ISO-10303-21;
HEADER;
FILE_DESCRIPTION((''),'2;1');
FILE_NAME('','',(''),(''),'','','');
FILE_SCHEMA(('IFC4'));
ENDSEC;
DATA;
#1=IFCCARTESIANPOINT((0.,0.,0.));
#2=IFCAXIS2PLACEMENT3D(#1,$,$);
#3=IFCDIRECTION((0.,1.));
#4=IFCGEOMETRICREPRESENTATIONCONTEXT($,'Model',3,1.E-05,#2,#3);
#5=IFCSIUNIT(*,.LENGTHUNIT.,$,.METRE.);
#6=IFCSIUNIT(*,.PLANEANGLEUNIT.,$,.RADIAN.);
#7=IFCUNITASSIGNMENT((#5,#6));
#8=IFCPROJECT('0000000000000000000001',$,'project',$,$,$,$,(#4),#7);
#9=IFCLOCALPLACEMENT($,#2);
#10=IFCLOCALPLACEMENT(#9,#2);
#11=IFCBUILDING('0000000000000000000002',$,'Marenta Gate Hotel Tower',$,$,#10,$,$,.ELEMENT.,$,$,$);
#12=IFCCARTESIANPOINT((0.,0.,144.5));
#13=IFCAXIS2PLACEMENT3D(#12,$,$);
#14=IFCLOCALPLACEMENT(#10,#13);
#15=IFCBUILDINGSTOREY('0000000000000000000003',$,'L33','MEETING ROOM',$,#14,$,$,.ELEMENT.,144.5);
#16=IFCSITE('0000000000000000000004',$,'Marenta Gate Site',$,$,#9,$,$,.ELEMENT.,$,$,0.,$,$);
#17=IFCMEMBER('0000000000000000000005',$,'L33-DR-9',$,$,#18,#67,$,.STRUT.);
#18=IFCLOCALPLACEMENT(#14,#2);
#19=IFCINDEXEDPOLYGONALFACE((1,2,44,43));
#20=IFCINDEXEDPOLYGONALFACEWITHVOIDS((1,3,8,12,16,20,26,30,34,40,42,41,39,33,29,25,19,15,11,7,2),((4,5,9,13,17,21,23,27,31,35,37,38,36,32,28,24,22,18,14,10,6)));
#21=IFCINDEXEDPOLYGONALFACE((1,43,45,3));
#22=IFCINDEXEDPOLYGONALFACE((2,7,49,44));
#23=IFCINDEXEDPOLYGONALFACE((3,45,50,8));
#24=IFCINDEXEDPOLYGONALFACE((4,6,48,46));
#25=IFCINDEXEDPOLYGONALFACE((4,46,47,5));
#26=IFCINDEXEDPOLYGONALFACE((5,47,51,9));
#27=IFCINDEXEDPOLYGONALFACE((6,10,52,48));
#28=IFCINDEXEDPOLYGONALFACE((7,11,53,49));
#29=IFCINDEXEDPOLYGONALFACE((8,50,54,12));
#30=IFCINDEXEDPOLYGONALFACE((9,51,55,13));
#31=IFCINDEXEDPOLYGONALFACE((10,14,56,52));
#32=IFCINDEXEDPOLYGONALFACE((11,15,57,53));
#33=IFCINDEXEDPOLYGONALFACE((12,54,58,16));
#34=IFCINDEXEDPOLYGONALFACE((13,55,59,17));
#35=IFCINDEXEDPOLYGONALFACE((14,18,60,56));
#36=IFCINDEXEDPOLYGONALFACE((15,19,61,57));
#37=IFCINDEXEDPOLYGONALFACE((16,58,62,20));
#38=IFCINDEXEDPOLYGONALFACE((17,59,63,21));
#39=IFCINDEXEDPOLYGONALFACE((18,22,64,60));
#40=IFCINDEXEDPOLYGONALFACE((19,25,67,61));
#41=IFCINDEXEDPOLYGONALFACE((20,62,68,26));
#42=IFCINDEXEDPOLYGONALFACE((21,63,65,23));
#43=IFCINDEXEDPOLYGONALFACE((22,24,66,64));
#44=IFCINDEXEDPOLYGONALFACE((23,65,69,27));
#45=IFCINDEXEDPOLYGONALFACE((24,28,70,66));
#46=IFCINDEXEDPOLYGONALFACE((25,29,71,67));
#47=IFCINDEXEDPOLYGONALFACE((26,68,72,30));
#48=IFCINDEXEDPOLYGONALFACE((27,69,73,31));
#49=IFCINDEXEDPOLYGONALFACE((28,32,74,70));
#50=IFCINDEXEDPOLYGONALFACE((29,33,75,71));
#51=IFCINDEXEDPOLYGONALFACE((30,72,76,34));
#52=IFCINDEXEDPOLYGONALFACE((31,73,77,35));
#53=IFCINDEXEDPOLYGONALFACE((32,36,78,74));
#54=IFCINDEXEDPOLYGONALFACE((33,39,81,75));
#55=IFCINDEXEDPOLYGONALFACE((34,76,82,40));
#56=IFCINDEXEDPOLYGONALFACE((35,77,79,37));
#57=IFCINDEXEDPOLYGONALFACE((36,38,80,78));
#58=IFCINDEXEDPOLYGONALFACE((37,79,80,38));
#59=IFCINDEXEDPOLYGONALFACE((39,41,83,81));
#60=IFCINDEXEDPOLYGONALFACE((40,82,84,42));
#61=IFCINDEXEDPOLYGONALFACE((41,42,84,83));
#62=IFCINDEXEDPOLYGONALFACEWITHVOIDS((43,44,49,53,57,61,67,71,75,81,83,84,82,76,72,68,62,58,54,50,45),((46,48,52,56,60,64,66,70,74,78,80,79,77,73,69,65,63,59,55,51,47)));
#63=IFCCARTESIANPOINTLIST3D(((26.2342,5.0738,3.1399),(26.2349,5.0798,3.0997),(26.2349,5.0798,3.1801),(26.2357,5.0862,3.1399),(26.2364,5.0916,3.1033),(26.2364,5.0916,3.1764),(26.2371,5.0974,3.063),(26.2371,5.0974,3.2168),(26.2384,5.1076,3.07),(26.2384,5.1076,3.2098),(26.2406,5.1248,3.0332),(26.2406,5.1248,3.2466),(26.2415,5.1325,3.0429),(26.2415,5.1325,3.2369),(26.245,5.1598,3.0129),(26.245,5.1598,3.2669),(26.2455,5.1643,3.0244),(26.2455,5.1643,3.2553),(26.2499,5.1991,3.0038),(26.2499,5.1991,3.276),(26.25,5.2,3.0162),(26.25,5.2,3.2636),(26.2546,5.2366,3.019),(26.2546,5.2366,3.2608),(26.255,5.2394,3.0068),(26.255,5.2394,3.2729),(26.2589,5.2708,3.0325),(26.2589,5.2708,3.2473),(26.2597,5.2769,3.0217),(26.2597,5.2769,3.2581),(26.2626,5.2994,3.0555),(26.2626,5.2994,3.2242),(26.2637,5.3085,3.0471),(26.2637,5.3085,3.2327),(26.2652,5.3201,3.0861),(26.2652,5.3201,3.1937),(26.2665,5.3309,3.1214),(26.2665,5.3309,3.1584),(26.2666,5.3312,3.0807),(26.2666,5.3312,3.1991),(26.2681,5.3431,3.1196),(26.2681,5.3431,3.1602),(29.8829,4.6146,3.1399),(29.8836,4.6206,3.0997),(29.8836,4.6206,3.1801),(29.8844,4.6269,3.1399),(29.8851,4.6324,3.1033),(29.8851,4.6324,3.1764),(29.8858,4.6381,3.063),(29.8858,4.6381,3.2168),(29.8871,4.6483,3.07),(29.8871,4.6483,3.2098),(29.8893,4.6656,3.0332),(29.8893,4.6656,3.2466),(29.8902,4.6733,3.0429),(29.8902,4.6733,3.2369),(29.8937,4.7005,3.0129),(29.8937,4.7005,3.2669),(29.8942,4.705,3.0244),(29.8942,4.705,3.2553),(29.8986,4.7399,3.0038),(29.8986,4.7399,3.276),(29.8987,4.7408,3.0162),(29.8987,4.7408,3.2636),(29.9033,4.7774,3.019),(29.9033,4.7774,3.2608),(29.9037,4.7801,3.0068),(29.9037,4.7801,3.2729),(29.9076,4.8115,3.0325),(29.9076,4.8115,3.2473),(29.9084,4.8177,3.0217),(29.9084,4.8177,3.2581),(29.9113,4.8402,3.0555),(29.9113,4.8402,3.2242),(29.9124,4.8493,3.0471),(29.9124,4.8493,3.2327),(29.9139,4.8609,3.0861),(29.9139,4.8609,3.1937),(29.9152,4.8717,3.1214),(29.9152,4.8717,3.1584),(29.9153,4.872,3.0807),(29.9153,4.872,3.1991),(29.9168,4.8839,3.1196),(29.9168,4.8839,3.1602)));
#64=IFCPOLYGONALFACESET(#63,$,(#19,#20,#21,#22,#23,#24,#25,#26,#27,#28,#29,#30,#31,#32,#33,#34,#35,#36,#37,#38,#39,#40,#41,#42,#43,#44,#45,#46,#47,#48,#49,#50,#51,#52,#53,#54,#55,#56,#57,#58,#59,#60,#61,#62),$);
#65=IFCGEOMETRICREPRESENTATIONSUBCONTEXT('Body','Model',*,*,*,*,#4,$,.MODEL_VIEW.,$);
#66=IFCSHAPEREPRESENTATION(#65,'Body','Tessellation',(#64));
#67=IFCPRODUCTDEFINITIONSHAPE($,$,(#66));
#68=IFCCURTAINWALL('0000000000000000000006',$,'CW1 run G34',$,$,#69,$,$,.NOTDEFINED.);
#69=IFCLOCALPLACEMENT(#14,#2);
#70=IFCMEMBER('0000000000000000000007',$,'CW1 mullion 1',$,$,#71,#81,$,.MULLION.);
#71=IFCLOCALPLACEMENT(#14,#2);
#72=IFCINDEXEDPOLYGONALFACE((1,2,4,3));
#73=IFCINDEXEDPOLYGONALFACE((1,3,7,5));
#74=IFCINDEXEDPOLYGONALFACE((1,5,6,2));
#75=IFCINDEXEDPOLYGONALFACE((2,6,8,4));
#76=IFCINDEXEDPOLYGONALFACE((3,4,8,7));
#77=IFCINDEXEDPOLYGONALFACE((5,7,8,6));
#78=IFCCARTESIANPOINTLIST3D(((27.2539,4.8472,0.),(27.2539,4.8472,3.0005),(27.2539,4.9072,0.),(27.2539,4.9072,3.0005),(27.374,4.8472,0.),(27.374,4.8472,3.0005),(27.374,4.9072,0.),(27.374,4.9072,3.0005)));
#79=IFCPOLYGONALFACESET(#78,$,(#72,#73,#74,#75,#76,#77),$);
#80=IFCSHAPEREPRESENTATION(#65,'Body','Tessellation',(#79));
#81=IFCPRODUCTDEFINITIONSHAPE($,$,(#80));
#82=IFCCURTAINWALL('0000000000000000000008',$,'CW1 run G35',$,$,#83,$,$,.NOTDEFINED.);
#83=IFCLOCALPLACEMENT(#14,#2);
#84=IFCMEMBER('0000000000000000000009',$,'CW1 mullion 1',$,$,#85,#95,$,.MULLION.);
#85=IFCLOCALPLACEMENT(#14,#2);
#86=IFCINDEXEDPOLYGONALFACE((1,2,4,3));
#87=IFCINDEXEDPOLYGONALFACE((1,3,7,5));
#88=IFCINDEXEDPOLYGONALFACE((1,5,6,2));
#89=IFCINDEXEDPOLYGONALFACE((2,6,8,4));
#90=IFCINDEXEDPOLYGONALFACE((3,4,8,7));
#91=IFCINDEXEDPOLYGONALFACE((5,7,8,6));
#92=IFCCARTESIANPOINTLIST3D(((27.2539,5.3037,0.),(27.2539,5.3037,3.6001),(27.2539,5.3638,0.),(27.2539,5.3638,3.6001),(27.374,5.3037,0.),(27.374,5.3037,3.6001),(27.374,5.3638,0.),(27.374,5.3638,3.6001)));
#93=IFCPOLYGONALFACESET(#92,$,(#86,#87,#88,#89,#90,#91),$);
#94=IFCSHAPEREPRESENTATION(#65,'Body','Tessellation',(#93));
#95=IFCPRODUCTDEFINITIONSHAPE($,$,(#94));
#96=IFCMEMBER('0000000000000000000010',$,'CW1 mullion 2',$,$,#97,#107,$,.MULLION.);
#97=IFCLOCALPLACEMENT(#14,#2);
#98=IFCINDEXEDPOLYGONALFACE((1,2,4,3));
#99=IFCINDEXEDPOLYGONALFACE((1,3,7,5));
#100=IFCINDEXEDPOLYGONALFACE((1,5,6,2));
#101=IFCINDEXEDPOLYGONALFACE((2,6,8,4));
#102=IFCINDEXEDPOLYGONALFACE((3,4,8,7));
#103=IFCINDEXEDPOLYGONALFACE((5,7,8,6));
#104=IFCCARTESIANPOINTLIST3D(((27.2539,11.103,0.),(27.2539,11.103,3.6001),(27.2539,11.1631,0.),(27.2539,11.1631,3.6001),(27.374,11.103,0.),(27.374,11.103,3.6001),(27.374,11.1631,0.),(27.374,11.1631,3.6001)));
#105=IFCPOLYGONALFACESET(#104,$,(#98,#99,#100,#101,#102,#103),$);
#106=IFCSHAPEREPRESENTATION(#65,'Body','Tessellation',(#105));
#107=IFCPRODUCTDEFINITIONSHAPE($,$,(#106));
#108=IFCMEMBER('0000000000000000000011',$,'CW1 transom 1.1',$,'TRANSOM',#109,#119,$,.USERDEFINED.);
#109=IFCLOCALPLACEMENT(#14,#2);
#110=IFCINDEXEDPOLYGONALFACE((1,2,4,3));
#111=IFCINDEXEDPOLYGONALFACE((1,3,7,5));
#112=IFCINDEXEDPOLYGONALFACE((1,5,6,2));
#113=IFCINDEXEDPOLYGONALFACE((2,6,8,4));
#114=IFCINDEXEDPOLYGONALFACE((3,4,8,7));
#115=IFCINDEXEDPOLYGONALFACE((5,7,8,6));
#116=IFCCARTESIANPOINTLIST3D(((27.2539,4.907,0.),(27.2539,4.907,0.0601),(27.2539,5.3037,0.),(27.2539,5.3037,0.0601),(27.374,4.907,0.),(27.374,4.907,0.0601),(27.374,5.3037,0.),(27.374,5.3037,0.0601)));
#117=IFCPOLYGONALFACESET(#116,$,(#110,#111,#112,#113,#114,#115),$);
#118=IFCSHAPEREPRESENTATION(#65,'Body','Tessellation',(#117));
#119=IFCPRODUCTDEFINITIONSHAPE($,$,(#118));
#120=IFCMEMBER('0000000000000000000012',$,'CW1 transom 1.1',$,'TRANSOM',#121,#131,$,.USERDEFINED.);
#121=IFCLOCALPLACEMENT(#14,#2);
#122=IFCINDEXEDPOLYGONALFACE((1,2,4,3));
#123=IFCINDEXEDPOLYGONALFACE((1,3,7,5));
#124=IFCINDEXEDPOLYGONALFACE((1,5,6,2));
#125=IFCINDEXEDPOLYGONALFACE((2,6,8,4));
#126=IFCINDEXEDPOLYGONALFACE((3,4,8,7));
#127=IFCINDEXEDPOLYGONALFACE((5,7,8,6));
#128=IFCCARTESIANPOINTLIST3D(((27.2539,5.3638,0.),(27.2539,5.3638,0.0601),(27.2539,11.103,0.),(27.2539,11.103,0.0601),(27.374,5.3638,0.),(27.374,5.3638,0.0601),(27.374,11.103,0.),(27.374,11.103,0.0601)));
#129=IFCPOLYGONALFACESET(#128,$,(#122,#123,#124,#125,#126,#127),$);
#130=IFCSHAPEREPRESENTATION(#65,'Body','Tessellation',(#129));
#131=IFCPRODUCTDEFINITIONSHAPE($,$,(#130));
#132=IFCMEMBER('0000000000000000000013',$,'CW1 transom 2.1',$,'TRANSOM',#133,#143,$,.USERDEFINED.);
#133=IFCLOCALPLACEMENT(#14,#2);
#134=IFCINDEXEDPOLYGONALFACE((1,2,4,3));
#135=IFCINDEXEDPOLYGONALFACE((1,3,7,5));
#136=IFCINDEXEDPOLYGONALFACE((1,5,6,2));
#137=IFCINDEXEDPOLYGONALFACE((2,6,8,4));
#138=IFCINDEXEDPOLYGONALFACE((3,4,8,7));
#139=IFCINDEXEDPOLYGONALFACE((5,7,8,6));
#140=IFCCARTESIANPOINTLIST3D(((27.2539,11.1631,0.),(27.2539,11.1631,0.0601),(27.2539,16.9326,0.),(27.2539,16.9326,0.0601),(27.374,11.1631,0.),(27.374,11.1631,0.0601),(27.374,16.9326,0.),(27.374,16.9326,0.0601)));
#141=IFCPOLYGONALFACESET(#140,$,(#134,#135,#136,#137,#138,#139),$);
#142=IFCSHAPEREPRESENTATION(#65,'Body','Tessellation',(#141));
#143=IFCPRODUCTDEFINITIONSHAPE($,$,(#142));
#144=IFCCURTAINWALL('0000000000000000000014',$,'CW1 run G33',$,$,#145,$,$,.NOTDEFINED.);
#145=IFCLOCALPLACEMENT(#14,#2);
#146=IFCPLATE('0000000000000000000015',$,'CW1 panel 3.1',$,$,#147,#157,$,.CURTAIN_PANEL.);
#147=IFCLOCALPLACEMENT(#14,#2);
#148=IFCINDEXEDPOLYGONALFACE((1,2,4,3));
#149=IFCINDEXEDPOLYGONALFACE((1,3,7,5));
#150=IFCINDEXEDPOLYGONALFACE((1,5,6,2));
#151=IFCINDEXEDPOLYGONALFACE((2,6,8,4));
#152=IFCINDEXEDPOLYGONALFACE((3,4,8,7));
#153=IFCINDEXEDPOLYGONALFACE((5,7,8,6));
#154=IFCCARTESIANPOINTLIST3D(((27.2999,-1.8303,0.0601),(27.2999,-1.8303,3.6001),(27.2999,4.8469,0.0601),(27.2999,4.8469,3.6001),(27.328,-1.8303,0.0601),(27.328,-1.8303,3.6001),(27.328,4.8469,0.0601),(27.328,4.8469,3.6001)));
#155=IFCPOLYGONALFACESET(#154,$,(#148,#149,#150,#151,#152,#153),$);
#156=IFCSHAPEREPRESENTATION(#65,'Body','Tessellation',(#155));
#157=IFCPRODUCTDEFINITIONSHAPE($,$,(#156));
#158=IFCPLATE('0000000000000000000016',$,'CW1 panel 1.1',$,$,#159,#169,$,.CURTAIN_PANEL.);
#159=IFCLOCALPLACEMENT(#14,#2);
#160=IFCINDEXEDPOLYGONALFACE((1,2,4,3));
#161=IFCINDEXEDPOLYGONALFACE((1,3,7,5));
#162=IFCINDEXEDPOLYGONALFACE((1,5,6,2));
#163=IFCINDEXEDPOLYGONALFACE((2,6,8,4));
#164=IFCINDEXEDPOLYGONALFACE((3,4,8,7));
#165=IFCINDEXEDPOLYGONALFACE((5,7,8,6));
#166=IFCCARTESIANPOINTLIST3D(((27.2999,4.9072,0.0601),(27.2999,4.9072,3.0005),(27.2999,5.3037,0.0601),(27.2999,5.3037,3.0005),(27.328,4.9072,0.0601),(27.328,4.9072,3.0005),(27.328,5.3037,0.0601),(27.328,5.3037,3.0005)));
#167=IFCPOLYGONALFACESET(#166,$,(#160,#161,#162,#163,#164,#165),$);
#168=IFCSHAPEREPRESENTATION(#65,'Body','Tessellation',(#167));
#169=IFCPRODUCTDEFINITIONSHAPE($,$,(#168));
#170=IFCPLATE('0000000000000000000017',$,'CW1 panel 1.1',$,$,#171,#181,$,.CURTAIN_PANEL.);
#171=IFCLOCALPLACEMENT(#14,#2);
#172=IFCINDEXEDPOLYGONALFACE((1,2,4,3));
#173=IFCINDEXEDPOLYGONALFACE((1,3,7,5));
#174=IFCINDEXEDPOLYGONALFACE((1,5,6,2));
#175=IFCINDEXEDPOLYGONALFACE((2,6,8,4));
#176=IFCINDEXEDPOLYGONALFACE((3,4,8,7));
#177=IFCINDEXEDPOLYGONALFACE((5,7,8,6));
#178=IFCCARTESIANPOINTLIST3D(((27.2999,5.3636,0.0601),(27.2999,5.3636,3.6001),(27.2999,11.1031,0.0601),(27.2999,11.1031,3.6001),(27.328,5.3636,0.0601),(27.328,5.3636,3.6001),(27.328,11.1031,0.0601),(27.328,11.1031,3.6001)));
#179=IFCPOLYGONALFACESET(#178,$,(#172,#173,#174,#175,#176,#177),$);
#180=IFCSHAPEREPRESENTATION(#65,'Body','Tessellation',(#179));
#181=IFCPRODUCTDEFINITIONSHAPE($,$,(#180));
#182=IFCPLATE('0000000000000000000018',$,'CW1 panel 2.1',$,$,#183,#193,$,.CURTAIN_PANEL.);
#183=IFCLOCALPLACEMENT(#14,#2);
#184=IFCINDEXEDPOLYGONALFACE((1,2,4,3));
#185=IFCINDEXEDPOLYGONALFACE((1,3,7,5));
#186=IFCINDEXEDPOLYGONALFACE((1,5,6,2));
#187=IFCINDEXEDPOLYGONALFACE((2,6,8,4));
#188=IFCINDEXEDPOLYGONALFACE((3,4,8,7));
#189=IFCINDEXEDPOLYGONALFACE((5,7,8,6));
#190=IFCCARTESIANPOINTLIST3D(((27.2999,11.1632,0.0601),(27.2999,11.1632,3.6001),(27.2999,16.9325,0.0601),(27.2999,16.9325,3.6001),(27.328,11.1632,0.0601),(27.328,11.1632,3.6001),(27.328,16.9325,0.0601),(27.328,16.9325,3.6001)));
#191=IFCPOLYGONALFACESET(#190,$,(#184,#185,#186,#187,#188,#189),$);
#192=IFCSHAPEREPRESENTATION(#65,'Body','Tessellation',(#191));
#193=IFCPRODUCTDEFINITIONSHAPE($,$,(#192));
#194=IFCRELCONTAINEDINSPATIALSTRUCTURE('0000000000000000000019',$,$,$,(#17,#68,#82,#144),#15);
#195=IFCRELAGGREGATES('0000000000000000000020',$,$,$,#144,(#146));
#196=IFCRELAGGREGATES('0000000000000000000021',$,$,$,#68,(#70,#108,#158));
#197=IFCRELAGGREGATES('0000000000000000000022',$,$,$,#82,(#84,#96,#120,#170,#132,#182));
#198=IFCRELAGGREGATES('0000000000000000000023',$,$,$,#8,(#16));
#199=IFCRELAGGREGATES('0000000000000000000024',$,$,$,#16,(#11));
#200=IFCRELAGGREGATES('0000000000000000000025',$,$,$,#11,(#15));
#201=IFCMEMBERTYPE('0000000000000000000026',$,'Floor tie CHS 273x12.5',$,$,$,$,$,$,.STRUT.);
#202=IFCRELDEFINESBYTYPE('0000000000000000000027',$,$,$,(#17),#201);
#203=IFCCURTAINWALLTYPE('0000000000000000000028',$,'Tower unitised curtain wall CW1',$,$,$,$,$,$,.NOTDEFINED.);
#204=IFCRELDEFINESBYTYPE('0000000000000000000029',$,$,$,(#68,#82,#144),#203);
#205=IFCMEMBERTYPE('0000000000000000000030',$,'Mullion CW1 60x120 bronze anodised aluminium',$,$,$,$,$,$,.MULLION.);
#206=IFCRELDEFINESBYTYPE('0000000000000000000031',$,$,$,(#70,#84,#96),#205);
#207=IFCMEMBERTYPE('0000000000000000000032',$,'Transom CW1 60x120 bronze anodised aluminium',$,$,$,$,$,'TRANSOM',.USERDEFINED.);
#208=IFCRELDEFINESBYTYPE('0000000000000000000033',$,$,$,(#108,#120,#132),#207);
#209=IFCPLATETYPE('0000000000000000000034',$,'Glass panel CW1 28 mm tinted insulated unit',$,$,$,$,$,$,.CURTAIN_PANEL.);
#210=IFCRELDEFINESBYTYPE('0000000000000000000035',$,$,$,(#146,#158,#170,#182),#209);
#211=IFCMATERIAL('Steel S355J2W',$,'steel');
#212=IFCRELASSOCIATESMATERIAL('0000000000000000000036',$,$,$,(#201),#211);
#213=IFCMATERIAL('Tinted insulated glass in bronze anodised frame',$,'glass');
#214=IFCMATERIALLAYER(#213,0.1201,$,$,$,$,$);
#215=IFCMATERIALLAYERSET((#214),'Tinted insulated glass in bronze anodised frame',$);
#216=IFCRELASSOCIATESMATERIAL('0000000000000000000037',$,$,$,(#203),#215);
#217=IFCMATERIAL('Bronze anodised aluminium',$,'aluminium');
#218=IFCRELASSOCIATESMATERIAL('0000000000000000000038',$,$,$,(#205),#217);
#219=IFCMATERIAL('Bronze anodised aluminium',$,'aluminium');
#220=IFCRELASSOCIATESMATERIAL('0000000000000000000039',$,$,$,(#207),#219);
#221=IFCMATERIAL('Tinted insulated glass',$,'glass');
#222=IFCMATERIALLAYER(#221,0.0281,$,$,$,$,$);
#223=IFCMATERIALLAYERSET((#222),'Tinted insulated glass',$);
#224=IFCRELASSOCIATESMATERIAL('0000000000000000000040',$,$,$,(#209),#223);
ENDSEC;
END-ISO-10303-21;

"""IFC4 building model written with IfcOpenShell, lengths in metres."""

from ifc_helpers import new_model, si_unit, direction, frame, origin, origin_2d, place, context, subcontext, project, spatial, rectangle, hollow_circle, extrude, material, layer, layer_set, material_profile, profile_set, type_object, element, aggregate, save


model = new_model("IFC4")

# Units and contexts
model_context = context("Model", 3, precision=1e-05, world=origin(), true_north=direction((0.0, 1.0)))
body_context = subcontext(model_context, "Body", "Model", "MODEL_VIEW")
ifc_project = project(units=[si_unit("LENGTHUNIT", "METRE"), si_unit("PLANEANGLEUNIT", "RADIAN")], contexts=[model_context])

# Site, building, storey
site_placement = place(None, origin())
site = spatial("IfcSite", under=ifc_project, at=site_placement, Name="Marenta Gate Site", CompositionType="ELEMENT", RefElevation=0.0)
building_placement = place(site_placement, origin())
building = spatial("IfcBuilding", under=site, at=building_placement, Name="Marenta Gate Hotel Tower", CompositionType="ELEMENT")
storey_placement = place(building_placement, frame((0.0, 0.0, 144.5)))
storey = spatial("IfcBuildingStorey", under=building, at=storey_placement, Name="L33", Description="MEETING ROOM", CompositionType="ELEMENT", Elevation=144.5)

# Member
ifc_material_1 = material(Name="Steel S355J2W", Category="steel")
ifc_material_profile_1 = material_profile(ifc_material_1, hollow_circle(Radius=0.1365, WallThickness=0.0125, at=origin_2d()), Name="CHS 273x12.5")
ifc_profile_set_1 = profile_set([ifc_material_profile_1], Name="Steel S355J2W")
member_type_1 = type_object("IfcMemberType", Name="Floor tie CHS 273x12.5", PredefinedType="STRUT", material=ifc_profile_set_1)
member_1_placement = place(storey_placement, frame((29.8999, 4.75, 3.1399), z_axis=(-0.992172, 0.124876, 0.0), x_axis=(-0.124876, -0.992172, 0.0)))
element("IfcMember", 1, at=member_1_placement, inside=storey, type_object=member_type_1, Name="L33-DR-9", PredefinedType="STRUT", context=body_context, shape_type="SweptSolid", body=[
    extrude(hollow_circle(Radius=0.1365, WallThickness=0.0125, at=origin_2d()), origin(), (0.0, 0.0, 1.0), 3.6775),
])

# Curtain wall, member
ifc_material_2 = material(Name="Tinted insulated glass in bronze anodised frame", Category="glass")
ifc_layer_1 = layer(ifc_material_2, 0.1201)
ifc_layer_set_1 = layer_set([ifc_layer_1], Name="Tinted insulated glass in bronze anodised frame")
curtain_wall_type = type_object("IfcCurtainWallType", Name="Tower unitised curtain wall CW1", PredefinedType="NOTDEFINED", material=ifc_layer_set_1)
curtain_wall_1_placement = place(storey_placement, origin())
curtain_wall_1 = element("IfcCurtainWall", 2, at=curtain_wall_1_placement, inside=storey, type_object=curtain_wall_type, Name="CW1 run G34", PredefinedType="NOTDEFINED")
ifc_material_3 = material(Name="Bronze anodised aluminium", Category="aluminium")
ifc_material_profile_2 = material_profile(ifc_material_3, rectangle(XDim=0.1201, YDim=0.0601, at=origin_2d()), Name="Mullion CW1 60x120 bronze anodised aluminium")
ifc_profile_set_2 = profile_set([ifc_material_profile_2], Name="Bronze anodised aluminium")
member_type_2 = type_object("IfcMemberType", Name="Mullion CW1 60x120 bronze anodised aluminium", PredefinedType="MULLION", material=ifc_profile_set_2)
member_2_placement = place(storey_placement, frame((27.314, 4.8772, 0.0), z_axis=(0.0, 0.0, 1.0), x_axis=(-1.0, 0.0, 0.0)))
member_2 = element("IfcMember", 3, at=member_2_placement, type_object=member_type_2, Name="CW1 mullion 1", PredefinedType="MULLION", context=body_context, shape_type="SweptSolid", body=[
    extrude(rectangle(XDim=0.1201, YDim=0.0601, at=origin_2d()), origin(), (0.0, 0.0, 1.0), 3.0005),
])

# Curtain wall, members
curtain_wall_2_placement = place(storey_placement, origin())
curtain_wall_2 = element("IfcCurtainWall", 4, at=curtain_wall_2_placement, inside=storey, type_object=curtain_wall_type, Name="CW1 run G35", PredefinedType="NOTDEFINED")
member_3_placement = place(storey_placement, frame((27.314, 5.3337, 0.0), z_axis=(0.0, 0.0, 1.0), x_axis=(-1.0, 0.0, 0.0)))
member_3 = element("IfcMember", 5, at=member_3_placement, type_object=member_type_2, Name="CW1 mullion 1", PredefinedType="MULLION", context=body_context, shape_type="SweptSolid", body=[
    extrude(rectangle(XDim=0.1201, YDim=0.0601, at=origin_2d()), origin(), (0.0, 0.0, 1.0), 3.6001),
])
member_4_placement = place(storey_placement, frame((27.314, 11.1331, 0.0), z_axis=(0.0, 0.0, 1.0), x_axis=(-1.0, 0.0, 0.0)))
member_4 = element("IfcMember", 6, at=member_4_placement, type_object=member_type_2, Name="CW1 mullion 2", PredefinedType="MULLION", context=body_context, shape_type="SweptSolid", body=[
    extrude(rectangle(XDim=0.1201, YDim=0.0601, at=origin_2d()), origin(), (0.0, 0.0, 1.0), 3.6001),
])

# Members
ifc_material_4 = material(Name="Bronze anodised aluminium", Category="aluminium")
ifc_material_profile_3 = material_profile(ifc_material_4, rectangle(XDim=0.1201, YDim=0.0601, at=origin_2d()), Name="Transom CW1 60x120 bronze anodised aluminium")
ifc_profile_set_3 = profile_set([ifc_material_profile_3], Name="Bronze anodised aluminium")
member_type_3 = type_object("IfcMemberType", Name="Transom CW1 60x120 bronze anodised aluminium", ElementType="TRANSOM", PredefinedType="USERDEFINED", material=ifc_profile_set_3)
member_5_placement = place(storey_placement, frame((27.314, 4.907, 0.03), z_axis=(0.0, 1.0, 0.0), x_axis=(-1.0, 0.0, 0.0)))
member_5 = element("IfcMember", 7, at=member_5_placement, type_object=member_type_3, Name="CW1 transom 1.1", ObjectType="TRANSOM", PredefinedType="USERDEFINED", context=body_context, shape_type="SweptSolid", body=[
    extrude(rectangle(XDim=0.1201, YDim=0.0601, at=origin_2d()), origin(), (0.0, 0.0, 1.0), 0.3967),
])
member_6_placement = place(storey_placement, frame((27.314, 5.3638, 0.03), z_axis=(0.0, 1.0, 0.0), x_axis=(-1.0, 0.0, 0.0)))
member_6 = element("IfcMember", 8, at=member_6_placement, type_object=member_type_3, Name="CW1 transom 1.1", ObjectType="TRANSOM", PredefinedType="USERDEFINED", context=body_context, shape_type="SweptSolid", body=[
    extrude(rectangle(XDim=0.1201, YDim=0.0601, at=origin_2d()), origin(), (0.0, 0.0, 1.0), 5.7393),
])
member_7_placement = place(storey_placement, frame((27.314, 11.1631, 0.03), z_axis=(0.0, 1.0, 0.0), x_axis=(-1.0, 0.0, 0.0)))
member_7 = element("IfcMember", 9, at=member_7_placement, type_object=member_type_3, Name="CW1 transom 2.1", ObjectType="TRANSOM", PredefinedType="USERDEFINED", context=body_context, shape_type="SweptSolid", body=[
    extrude(rectangle(XDim=0.1201, YDim=0.0601, at=origin_2d()), origin(), (0.0, 0.0, 1.0), 5.7695),
])

# Curtain wall, plate
curtain_wall_3_placement = place(storey_placement, origin())
curtain_wall_3 = element("IfcCurtainWall", 10, at=curtain_wall_3_placement, inside=storey, type_object=curtain_wall_type, Name="CW1 run G33", PredefinedType="NOTDEFINED")
ifc_material_5 = material(Name="Tinted insulated glass", Category="glass")
ifc_layer_2 = layer(ifc_material_5, 0.0281)
ifc_layer_set_2 = layer_set([ifc_layer_2], Name="Tinted insulated glass")
plate_type = type_object("IfcPlateType", Name="Glass panel CW1 28 mm tinted insulated unit", PredefinedType="CURTAIN_PANEL", material=ifc_layer_set_2)
plate_1_placement = place(storey_placement, frame((27.314, 1.5083, 0.0601), z_axis=(0.0, 0.0, 1.0), x_axis=(0.0, 1.0, 0.0)))
plate_1 = element("IfcPlate", 11, at=plate_1_placement, type_object=plate_type, Name="CW1 panel 3.1", PredefinedType="CURTAIN_PANEL", context=body_context, shape_type="SweptSolid", body=[
    extrude(rectangle(XDim=6.6772, YDim=0.0281, at=origin_2d()), origin(), (0.0, 0.0, 1.0), 3.54),
])
aggregate(curtain_wall_3, [plate_1])

# Plates
plate_2_placement = place(storey_placement, frame((27.314, 5.1055, 0.0601), z_axis=(0.0, 0.0, 1.0), x_axis=(0.0, 1.0, 0.0)))
plate_2 = element("IfcPlate", 12, at=plate_2_placement, type_object=plate_type, Name="CW1 panel 1.1", PredefinedType="CURTAIN_PANEL", context=body_context, shape_type="SweptSolid", body=[
    extrude(rectangle(XDim=0.3965, YDim=0.0281, at=origin_2d()), origin(), (0.0, 0.0, 1.0), 2.9404),
])
aggregate(curtain_wall_1, [member_2, member_5, plate_2])
plate_3_placement = place(storey_placement, frame((27.314, 8.2334, 0.0601), z_axis=(0.0, 0.0, 1.0), x_axis=(0.0, 1.0, 0.0)))
plate_3 = element("IfcPlate", 13, at=plate_3_placement, type_object=plate_type, Name="CW1 panel 1.1", PredefinedType="CURTAIN_PANEL", context=body_context, shape_type="SweptSolid", body=[
    extrude(rectangle(XDim=5.7395, YDim=0.0281, at=origin_2d()), origin(), (0.0, 0.0, 1.0), 3.54),
])
plate_4_placement = place(storey_placement, frame((27.314, 14.0479, 0.0601), z_axis=(0.0, 0.0, 1.0), x_axis=(0.0, 1.0, 0.0)))
plate_4 = element("IfcPlate", 14, at=plate_4_placement, type_object=plate_type, Name="CW1 panel 2.1", PredefinedType="CURTAIN_PANEL", context=body_context, shape_type="SweptSolid", body=[
    extrude(rectangle(XDim=5.7693, YDim=0.0281, at=origin_2d()), origin(), (0.0, 0.0, 1.0), 3.54),
])
aggregate(curtain_wall_2, [member_3, member_4, member_6, plate_3, member_7, plate_4])

save(model, "model.ifc")
